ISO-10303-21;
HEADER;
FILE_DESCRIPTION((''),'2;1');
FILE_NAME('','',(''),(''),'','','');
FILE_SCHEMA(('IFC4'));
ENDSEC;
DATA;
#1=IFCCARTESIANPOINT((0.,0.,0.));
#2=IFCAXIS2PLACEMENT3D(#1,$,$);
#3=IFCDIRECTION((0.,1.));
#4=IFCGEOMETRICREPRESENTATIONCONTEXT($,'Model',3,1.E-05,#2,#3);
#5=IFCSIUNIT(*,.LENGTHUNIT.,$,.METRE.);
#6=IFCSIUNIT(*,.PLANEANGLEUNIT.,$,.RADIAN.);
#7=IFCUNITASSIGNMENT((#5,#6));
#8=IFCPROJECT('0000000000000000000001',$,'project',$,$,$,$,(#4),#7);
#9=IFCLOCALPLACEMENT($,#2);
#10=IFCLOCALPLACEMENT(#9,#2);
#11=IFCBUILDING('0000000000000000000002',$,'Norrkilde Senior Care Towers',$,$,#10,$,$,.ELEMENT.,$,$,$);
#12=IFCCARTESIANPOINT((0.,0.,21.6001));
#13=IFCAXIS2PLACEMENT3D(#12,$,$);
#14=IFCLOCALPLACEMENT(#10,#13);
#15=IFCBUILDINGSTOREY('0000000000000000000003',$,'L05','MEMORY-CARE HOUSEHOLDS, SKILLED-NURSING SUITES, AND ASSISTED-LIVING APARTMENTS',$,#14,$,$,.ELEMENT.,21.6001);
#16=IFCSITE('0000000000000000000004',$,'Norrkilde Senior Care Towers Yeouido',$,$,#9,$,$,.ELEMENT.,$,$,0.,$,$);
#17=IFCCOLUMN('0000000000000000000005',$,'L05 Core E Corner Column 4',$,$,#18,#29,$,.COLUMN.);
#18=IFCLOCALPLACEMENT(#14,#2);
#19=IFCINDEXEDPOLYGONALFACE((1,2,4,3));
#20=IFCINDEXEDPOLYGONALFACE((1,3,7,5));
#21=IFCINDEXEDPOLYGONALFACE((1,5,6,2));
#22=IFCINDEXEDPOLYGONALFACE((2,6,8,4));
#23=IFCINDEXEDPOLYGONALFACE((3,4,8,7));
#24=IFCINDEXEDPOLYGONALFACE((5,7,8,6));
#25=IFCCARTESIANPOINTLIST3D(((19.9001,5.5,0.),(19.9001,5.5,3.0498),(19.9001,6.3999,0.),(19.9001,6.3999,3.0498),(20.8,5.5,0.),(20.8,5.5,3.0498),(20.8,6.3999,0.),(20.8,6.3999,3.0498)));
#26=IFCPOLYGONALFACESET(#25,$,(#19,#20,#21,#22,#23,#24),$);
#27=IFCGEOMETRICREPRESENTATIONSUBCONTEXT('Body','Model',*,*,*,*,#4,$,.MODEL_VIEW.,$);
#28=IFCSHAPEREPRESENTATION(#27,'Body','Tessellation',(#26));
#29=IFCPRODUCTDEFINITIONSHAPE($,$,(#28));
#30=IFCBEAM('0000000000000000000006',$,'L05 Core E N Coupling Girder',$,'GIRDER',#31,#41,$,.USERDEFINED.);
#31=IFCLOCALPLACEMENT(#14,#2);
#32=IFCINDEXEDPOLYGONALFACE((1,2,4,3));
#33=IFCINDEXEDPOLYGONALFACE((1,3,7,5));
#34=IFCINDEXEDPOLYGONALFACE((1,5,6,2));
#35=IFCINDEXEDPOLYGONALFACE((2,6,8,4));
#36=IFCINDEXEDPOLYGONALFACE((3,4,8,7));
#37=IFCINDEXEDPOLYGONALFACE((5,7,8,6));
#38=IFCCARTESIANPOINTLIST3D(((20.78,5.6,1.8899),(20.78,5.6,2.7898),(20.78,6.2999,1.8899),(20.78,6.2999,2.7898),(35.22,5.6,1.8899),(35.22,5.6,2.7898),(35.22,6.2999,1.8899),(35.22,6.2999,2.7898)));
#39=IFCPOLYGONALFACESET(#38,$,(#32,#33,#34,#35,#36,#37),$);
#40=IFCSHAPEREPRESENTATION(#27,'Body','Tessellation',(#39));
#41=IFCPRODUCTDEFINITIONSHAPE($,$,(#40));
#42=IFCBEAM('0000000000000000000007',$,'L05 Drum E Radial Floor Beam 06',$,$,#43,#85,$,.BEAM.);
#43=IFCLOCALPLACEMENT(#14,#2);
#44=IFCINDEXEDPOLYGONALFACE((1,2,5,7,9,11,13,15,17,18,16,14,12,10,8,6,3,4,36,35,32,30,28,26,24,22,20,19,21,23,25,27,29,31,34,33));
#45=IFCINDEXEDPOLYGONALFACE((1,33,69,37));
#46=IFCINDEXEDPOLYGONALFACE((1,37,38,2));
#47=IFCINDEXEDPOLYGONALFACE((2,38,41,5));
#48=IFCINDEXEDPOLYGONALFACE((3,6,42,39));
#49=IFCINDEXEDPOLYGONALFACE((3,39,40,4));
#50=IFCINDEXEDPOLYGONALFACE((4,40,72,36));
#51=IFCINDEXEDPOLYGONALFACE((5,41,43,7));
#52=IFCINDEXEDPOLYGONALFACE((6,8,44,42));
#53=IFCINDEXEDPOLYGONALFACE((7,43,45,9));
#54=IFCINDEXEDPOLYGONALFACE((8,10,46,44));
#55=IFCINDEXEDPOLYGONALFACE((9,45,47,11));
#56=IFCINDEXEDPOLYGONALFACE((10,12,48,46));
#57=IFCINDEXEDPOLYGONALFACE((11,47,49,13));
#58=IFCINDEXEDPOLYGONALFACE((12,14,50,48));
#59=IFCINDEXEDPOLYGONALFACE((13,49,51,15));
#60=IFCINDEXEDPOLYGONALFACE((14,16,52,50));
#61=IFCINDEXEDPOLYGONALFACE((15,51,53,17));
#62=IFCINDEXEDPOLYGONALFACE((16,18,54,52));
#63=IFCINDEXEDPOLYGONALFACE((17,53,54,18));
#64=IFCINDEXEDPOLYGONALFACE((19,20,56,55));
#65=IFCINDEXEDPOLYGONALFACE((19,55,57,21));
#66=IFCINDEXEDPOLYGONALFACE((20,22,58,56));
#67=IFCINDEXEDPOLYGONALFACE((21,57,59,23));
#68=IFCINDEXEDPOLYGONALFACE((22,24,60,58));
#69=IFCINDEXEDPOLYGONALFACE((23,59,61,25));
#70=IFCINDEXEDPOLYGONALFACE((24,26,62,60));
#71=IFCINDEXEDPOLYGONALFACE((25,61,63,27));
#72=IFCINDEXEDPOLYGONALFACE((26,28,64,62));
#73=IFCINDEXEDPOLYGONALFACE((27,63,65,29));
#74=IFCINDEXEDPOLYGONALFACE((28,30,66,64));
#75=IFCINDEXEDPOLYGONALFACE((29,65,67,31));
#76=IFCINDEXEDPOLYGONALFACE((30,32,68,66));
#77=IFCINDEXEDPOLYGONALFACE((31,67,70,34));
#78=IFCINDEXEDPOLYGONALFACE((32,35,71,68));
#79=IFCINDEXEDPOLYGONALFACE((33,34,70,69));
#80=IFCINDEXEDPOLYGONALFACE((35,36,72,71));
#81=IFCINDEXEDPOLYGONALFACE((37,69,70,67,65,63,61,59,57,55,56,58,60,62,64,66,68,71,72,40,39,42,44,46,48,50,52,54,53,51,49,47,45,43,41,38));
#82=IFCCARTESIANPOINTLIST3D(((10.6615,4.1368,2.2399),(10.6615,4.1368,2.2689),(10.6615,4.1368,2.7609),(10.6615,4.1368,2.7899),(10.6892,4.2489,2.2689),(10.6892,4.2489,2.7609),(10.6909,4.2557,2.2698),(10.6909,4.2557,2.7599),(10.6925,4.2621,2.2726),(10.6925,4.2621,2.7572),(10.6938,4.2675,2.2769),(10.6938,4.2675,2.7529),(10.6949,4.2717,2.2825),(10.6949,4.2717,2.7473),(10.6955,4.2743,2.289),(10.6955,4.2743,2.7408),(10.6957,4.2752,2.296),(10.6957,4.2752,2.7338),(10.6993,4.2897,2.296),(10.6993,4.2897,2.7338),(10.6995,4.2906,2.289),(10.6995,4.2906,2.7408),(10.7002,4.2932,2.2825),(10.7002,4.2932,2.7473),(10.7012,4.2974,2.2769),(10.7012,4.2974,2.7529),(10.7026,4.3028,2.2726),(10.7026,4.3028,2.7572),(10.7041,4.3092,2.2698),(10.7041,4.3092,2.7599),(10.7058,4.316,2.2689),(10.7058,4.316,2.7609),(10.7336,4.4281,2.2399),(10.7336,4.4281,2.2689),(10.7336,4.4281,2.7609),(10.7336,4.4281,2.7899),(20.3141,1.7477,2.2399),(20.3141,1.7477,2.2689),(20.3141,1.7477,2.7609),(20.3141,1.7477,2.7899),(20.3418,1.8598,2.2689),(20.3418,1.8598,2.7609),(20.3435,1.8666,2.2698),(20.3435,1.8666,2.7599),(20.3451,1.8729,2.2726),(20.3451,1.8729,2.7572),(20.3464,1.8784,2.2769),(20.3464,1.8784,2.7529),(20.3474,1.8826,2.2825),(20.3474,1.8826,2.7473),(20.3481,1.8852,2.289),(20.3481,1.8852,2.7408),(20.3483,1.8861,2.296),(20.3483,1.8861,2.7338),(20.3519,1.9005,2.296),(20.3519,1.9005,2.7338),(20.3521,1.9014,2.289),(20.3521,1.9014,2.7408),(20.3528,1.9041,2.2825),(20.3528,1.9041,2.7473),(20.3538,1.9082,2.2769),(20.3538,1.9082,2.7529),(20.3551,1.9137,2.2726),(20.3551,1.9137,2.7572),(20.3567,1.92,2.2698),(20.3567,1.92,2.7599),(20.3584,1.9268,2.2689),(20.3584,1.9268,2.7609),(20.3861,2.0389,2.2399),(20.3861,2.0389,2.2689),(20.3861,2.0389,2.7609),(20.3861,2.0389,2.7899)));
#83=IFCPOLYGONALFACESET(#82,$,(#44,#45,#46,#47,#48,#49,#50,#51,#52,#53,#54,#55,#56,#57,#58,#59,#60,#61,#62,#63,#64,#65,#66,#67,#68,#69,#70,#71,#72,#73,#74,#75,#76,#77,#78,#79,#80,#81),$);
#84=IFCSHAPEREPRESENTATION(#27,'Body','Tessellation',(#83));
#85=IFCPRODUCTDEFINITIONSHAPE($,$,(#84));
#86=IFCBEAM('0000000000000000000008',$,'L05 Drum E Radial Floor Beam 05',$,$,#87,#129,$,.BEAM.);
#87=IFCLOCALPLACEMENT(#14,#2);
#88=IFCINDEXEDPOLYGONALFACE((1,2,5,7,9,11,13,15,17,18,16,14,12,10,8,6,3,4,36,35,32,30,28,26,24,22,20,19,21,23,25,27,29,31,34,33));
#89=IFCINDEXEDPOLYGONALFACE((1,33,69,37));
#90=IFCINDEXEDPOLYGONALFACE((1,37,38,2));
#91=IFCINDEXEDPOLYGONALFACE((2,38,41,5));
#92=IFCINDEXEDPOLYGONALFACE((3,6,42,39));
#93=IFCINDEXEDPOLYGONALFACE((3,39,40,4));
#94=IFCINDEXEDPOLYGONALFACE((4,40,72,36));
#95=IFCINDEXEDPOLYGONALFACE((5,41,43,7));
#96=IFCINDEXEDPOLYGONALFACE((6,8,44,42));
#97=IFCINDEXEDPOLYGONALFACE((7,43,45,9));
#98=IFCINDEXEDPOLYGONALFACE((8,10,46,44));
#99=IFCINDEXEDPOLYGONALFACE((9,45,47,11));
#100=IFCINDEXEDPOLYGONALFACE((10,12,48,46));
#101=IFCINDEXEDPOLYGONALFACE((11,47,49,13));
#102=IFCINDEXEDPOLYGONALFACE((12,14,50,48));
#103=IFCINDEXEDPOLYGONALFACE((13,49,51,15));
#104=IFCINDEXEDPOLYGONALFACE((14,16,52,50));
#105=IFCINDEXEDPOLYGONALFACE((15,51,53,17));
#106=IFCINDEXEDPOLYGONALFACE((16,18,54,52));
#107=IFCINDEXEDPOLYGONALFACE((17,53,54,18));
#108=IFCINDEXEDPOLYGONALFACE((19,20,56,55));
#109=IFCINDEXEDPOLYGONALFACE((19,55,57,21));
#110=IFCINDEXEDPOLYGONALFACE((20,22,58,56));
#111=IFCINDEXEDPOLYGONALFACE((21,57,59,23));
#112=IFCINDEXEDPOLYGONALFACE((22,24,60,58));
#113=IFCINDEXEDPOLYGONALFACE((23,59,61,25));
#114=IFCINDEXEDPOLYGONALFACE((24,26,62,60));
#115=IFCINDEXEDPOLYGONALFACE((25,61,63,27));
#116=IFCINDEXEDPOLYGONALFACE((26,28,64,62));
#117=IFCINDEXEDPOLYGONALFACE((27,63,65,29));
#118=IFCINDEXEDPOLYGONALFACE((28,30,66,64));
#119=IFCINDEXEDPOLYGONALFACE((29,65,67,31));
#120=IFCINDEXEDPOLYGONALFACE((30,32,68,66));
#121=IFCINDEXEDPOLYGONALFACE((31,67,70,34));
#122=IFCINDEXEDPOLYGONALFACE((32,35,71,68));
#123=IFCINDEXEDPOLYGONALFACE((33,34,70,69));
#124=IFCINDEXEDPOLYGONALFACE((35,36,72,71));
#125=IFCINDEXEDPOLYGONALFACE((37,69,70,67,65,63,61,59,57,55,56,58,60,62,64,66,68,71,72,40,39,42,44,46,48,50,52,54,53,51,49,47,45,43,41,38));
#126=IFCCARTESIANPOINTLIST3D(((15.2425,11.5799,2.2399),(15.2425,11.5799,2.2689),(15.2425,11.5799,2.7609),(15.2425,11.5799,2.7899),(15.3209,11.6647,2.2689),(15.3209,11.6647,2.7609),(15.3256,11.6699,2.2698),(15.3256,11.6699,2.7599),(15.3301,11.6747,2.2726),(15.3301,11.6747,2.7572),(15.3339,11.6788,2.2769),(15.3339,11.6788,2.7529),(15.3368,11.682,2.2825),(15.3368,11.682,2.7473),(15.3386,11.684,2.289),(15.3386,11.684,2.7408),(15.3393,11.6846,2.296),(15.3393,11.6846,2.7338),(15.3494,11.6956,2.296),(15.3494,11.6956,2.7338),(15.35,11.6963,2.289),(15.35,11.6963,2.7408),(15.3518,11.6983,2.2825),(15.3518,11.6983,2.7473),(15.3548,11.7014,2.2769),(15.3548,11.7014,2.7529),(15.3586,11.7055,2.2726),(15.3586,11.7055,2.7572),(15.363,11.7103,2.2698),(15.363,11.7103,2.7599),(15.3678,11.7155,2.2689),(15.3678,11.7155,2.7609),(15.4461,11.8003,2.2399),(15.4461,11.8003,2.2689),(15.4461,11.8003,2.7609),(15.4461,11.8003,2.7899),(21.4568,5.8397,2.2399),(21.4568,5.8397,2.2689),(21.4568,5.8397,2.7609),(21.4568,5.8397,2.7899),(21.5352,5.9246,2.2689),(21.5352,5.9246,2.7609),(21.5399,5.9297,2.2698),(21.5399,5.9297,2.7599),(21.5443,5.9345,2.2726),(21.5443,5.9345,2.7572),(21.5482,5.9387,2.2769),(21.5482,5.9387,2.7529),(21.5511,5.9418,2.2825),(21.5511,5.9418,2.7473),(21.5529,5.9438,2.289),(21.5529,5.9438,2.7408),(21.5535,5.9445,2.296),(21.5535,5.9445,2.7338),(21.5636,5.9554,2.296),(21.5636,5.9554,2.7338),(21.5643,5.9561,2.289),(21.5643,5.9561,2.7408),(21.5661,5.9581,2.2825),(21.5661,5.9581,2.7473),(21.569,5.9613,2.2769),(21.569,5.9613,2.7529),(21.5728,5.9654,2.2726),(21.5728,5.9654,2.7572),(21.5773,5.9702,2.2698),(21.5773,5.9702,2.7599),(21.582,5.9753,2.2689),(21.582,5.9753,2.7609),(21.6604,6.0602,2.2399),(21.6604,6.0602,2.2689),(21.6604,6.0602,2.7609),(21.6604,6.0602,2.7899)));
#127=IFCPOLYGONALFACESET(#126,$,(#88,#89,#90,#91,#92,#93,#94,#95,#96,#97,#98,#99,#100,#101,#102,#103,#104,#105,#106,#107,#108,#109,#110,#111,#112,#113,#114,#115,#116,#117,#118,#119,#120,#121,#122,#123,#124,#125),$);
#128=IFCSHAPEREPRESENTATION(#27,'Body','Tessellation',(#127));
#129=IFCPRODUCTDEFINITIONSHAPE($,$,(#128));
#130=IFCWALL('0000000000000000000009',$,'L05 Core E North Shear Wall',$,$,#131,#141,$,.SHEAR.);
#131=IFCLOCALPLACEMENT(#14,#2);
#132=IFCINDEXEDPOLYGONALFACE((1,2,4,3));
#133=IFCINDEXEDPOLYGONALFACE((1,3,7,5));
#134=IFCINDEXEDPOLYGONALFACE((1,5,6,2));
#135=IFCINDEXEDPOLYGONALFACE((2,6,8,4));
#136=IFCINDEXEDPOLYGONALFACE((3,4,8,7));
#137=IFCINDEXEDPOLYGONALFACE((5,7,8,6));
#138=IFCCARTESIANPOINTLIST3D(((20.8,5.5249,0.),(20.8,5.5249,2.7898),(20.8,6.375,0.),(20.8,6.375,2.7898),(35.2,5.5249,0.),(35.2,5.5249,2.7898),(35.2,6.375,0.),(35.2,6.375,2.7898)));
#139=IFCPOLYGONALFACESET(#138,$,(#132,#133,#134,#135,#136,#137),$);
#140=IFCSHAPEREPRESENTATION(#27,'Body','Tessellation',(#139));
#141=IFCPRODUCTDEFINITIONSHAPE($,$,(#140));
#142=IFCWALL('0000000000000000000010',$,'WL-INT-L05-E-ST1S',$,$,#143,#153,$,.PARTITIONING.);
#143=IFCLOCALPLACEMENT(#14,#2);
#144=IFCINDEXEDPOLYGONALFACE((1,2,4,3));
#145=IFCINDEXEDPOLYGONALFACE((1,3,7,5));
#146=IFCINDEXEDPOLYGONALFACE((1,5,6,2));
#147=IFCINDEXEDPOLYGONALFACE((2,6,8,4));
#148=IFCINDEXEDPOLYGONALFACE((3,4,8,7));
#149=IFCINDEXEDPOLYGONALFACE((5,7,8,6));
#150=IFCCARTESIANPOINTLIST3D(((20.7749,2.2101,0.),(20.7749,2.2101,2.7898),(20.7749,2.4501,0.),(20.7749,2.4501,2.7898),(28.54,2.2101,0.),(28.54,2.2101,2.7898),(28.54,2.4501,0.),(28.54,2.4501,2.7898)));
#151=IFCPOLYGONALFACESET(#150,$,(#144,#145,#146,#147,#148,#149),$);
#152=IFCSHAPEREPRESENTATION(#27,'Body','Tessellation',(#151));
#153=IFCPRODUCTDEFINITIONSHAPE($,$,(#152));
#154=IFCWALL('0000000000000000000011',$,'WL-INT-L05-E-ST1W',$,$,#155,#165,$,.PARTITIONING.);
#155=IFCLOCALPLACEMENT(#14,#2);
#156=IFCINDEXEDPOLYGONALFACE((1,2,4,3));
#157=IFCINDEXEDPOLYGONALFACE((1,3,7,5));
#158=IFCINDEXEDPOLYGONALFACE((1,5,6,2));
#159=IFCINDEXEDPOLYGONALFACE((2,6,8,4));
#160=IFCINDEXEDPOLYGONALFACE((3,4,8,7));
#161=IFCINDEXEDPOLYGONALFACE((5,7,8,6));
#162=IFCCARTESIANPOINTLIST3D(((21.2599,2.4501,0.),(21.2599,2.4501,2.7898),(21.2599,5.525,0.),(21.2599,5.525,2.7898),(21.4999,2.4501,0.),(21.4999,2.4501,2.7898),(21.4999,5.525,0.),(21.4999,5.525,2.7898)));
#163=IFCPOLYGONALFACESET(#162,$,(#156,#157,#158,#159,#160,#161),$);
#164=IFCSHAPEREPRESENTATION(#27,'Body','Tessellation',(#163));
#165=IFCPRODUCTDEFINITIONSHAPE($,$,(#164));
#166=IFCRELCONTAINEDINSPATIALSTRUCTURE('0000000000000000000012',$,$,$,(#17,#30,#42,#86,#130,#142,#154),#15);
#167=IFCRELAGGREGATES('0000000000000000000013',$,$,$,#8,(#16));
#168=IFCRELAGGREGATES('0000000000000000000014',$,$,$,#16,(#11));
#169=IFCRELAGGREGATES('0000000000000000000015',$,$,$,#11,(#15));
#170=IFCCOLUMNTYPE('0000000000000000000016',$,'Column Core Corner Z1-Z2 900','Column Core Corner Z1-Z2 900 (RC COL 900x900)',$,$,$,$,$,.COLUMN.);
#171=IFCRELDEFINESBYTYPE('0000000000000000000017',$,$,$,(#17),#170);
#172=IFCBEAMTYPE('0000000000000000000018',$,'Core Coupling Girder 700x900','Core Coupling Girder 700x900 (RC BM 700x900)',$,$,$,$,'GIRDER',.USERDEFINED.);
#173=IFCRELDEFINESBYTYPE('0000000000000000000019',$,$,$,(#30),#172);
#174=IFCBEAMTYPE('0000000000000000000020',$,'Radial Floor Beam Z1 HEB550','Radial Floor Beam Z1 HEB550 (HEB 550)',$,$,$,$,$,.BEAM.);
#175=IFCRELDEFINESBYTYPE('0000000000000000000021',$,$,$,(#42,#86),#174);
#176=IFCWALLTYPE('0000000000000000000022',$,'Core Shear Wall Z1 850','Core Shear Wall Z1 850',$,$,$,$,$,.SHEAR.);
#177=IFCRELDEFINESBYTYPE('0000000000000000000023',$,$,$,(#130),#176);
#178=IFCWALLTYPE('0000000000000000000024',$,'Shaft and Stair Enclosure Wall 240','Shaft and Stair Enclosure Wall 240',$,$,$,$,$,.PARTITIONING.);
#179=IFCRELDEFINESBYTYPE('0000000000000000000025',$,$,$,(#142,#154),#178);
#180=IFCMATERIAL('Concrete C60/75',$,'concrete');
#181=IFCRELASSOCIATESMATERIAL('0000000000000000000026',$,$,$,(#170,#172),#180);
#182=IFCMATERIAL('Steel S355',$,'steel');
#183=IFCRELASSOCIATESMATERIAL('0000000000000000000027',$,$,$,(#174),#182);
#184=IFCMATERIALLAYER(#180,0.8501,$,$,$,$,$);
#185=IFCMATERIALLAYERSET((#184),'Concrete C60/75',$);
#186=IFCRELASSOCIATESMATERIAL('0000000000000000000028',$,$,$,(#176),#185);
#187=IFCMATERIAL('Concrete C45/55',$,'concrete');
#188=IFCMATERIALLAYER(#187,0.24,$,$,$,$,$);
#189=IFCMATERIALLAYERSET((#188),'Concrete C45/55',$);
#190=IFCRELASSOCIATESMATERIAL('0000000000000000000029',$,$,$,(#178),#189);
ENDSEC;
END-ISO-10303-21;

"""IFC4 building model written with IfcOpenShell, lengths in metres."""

from ifc_helpers import new_model, si_unit, direction, frame, frame_2d, origin, origin_2d, place, context, subcontext, project, spatial, rectangle, i_section, extrude, source, transform, mapped, material, layer, layer_set, material_profile, profile_set, type_object, type_shapes, element, save


model = new_model("IFC4")

# Units and contexts
model_context = context("Model", 3, precision=1e-05, world=origin(), true_north=direction((0.0, 1.0)))
body_context = subcontext(model_context, "Body", "Model", "MODEL_VIEW")
ifc_project = project(units=[si_unit("LENGTHUNIT", "METRE"), si_unit("PLANEANGLEUNIT", "RADIAN")], contexts=[model_context])

# Site, building, storey
site_placement = place(None, origin())
site = spatial("IfcSite", under=ifc_project, at=site_placement, Name="Norrkilde Senior Care Towers Yeouido", CompositionType="ELEMENT", RefElevation=0.0)
building_placement = place(site_placement, origin())
building = spatial("IfcBuilding", under=site, at=building_placement, Name="Norrkilde Senior Care Towers", CompositionType="ELEMENT")
storey_placement = place(building_placement, frame((0.0, 0.0, 21.6001)))
storey = spatial("IfcBuildingStorey", under=building, at=storey_placement, Name="L05", Description="MEMORY-CARE HOUSEHOLDS, SKILLED-NURSING SUITES, AND ASSISTED-LIVING APARTMENTS", CompositionType="ELEMENT", Elevation=21.6001)

# Column
ifc_material_1 = material(Name="Concrete C60/75", Category="concrete")
ifc_material_profile_1 = material_profile(ifc_material_1, rectangle(XDim=0.8999, YDim=0.8999, at=origin_2d()), Name="RC COL 900x900")
ifc_profile_set_1 = profile_set([ifc_material_profile_1], Name="Concrete C60/75")
column_type = type_object("IfcColumnType", Name="Column Core Corner Z1-Z2 900", Description="Column Core Corner Z1-Z2 900 (RC COL 900x900)", PredefinedType="COLUMN", material=ifc_profile_set_1)
shared_shape_1 = source(origin(), body_context, "Body", "SweptSolid", [
    extrude(rectangle(XDim=0.8999, YDim=0.8999, at=origin_2d()), origin(), (0.0, 0.0, 1.0), 3.0498),
])
type_shapes(column_type, [shared_shape_1])
column_placement = place(storey_placement, frame((20.3501, 5.95, 0.0), z_axis=(0.0, 0.0, 1.0), x_axis=(1.0, 0.0, 0.0)))
element("IfcColumn", 1, at=column_placement, inside=storey, type_object=column_type, Name="L05 Core E Corner Column 4", PredefinedType="COLUMN", context=body_context, shape_type="MappedRepresentation", body=[
    mapped(shared_shape_1, transform((0.0, 0.0, 0.0), x_axis=(1.0, 0.0, 0.0), y_axis=(0.0, 1.0, 0.0), z_axis=(0.0, 0.0, 1.0), scale=1.0)),
])

# Beams
ifc_material_profile_2 = material_profile(ifc_material_1, rectangle(XDim=0.7, YDim=0.8999, at=origin_2d()), Name="RC BM 700x900")
ifc_profile_set_2 = profile_set([ifc_material_profile_2], Name="Concrete C60/75")
beam_type_1 = type_object("IfcBeamType", Name="Core Coupling Girder 700x900", Description="Core Coupling Girder 700x900 (RC BM 700x900)", ElementType="GIRDER", PredefinedType="USERDEFINED", material=ifc_profile_set_2)
shared_shape_2 = source(origin(), body_context, "Body", "SweptSolid", [
    extrude(rectangle(XDim=0.7, YDim=0.8999, at=origin_2d()), origin(), (0.0, 0.0, 1.0), 14.4399),
])
type_shapes(beam_type_1, [shared_shape_2])
beam_1_placement = place(storey_placement, frame((20.78, 5.95, 2.3398), z_axis=(1.0, 0.0, 0.0), x_axis=(0.0, 1.0, 0.0)))
element("IfcBeam", 2, at=beam_1_placement, inside=storey, type_object=beam_type_1, Name="L05 Core E N Coupling Girder", ObjectType="GIRDER", PredefinedType="USERDEFINED", context=body_context, shape_type="MappedRepresentation", body=[
    mapped(shared_shape_2, transform((0.0, 0.0, 0.0), x_axis=(1.0, 0.0, 0.0), y_axis=(0.0, 1.0, 0.0), z_axis=(0.0, 0.0, 1.0), scale=1.0)),
])
ifc_material_2 = material(Name="Steel S355", Category="steel")
ifc_material_profile_3 = material_profile(ifc_material_2, i_section(OverallWidth=0.3, OverallDepth=0.55, WebThickness=0.0149, FlangeThickness=0.0291, FilletRadius=0.0271, at=origin_2d()), Name="HEB 550")
ifc_profile_set_3 = profile_set([ifc_material_profile_3], Name="Steel S355")
beam_type_2 = type_object("IfcBeamType", Name="Radial Floor Beam Z1 HEB550", Description="Radial Floor Beam Z1 HEB550 (HEB 550)", PredefinedType="BEAM", material=ifc_profile_set_3)
shared_shape_3 = source(origin(), body_context, "Body", "SweptSolid", [
    extrude(i_section(OverallWidth=0.3, OverallDepth=0.55, WebThickness=0.0149, FlangeThickness=0.0291, FilletRadius=0.0271, at=origin_2d()), origin(), (0.0, 0.0, 1.0), 9.9438),
])
beam_2_placement = place(storey_placement, frame((20.3501, 1.8933, 2.5149), z_axis=(-0.970707, 0.240265, 0.0), x_axis=(-0.240265, -0.970707, 0.0)))
element("IfcBeam", 3, at=beam_2_placement, inside=storey, type_object=beam_type_2, Name="L05 Drum E Radial Floor Beam 06", PredefinedType="BEAM", context=body_context, shape_type="MappedRepresentation", body=[
    mapped(shared_shape_3, transform((0.0, 0.0, 0.0), x_axis=(1.0, 0.0, 0.0), y_axis=(0.0, 1.0, 0.0), z_axis=(0.0, 0.0, 1.0), scale=1.0)),
])
shared_shape_4 = source(origin(), body_context, "Body", "SweptSolid", [
    extrude(i_section(OverallWidth=0.3, OverallDepth=0.55, WebThickness=0.0149, FlangeThickness=0.0291, FilletRadius=0.0271, at=origin_2d()), origin(), (0.0, 0.0, 1.0), 8.4597),
])
type_shapes(beam_type_2, [shared_shape_3, shared_shape_4])
beam_3_placement = place(storey_placement, frame((21.5586, 5.95, 2.5149), z_axis=(-0.734573, 0.678529, 0.0), x_axis=(-0.678529, -0.734573, 0.0)))
element("IfcBeam", 4, at=beam_3_placement, inside=storey, type_object=beam_type_2, Name="L05 Drum E Radial Floor Beam 05", PredefinedType="BEAM", context=body_context, shape_type="MappedRepresentation", body=[
    mapped(shared_shape_4, transform((0.0, 0.0, 0.0), x_axis=(1.0, 0.0, 0.0), y_axis=(0.0, 1.0, 0.0), z_axis=(0.0, 0.0, 1.0), scale=1.0)),
])

# Walls
ifc_layer_1 = layer(ifc_material_1, 0.8501)
ifc_layer_set_1 = layer_set([ifc_layer_1], Name="Concrete C60/75")
wall_type_1 = type_object("IfcWallType", Name="Core Shear Wall Z1 850", Description="Core Shear Wall Z1 850", PredefinedType="SHEAR", material=ifc_layer_set_1)
shared_shape_5 = source(origin(), body_context, "Body", "SweptSolid", [
    extrude(rectangle(XDim=14.3999, YDim=0.8501, at=frame_2d((7.2, 0.0))), origin(), (0.0, 0.0, 1.0), 2.7898),
])
type_shapes(wall_type_1, [shared_shape_5])
wall_1_placement = place(storey_placement, frame((20.8, 5.95, 0.0), z_axis=(0.0, 0.0, 1.0), x_axis=(1.0, 0.0, 0.0)))
element("IfcWall", 5, at=wall_1_placement, inside=storey, type_object=wall_type_1, Name="L05 Core E North Shear Wall", PredefinedType="SHEAR", context=body_context, shape_type="MappedRepresentation", body=[
    mapped(shared_shape_5, transform((0.0, 0.0, 0.0), x_axis=(1.0, 0.0, 0.0), y_axis=(0.0, 1.0, 0.0), z_axis=(0.0, 0.0, 1.0), scale=1.0)),
])
ifc_material_3 = material(Name="Concrete C45/55", Category="concrete")
ifc_layer_2 = layer(ifc_material_3, 0.24)
ifc_layer_set_2 = layer_set([ifc_layer_2], Name="Concrete C45/55")
wall_type_2 = type_object("IfcWallType", Name="Shaft and Stair Enclosure Wall 240", Description="Shaft and Stair Enclosure Wall 240", PredefinedType="PARTITIONING", material=ifc_layer_set_2)
shared_shape_6 = source(origin(), body_context, "Body", "SweptSolid", [
    extrude(rectangle(XDim=7.7651, YDim=0.24, at=frame_2d((3.8826, 0.0))), origin(), (0.0, 0.0, 1.0), 2.7898),
])
wall_2_placement = place(storey_placement, frame((20.7749, 2.3301, 0.0), z_axis=(0.0, 0.0, 1.0), x_axis=(1.0, 0.0, 0.0)))
element("IfcWall", 6, at=wall_2_placement, inside=storey, type_object=wall_type_2, Name="WL-INT-L05-E-ST1S", PredefinedType="PARTITIONING", context=body_context, shape_type="MappedRepresentation", body=[
    mapped(shared_shape_6, transform((0.0, 0.0, 0.0), x_axis=(1.0, 0.0, 0.0), y_axis=(0.0, 1.0, 0.0), z_axis=(0.0, 0.0, 1.0), scale=1.0)),
])
shared_shape_7 = source(origin(), body_context, "Body", "SweptSolid", [
    extrude(rectangle(XDim=3.075, YDim=0.24, at=frame_2d((1.5376, 0.0))), origin(), (0.0, 0.0, 1.0), 2.7898),
])
type_shapes(wall_type_2, [shared_shape_6, shared_shape_7])
wall_3_placement = place(storey_placement, frame((21.3799, 2.45, 0.0), z_axis=(0.0, 0.0, 1.0), x_axis=(0.0, 1.0, 0.0)))
element("IfcWall", 7, at=wall_3_placement, inside=storey, type_object=wall_type_2, Name="WL-INT-L05-E-ST1W", PredefinedType="PARTITIONING", context=body_context, shape_type="MappedRepresentation", body=[
    mapped(shared_shape_7, transform((0.0, 0.0, 0.0), x_axis=(1.0, 0.0, 0.0), y_axis=(0.0, 1.0, 0.0), z_axis=(0.0, 0.0, 1.0), scale=1.0)),
])

save(model, "model.ifc")
